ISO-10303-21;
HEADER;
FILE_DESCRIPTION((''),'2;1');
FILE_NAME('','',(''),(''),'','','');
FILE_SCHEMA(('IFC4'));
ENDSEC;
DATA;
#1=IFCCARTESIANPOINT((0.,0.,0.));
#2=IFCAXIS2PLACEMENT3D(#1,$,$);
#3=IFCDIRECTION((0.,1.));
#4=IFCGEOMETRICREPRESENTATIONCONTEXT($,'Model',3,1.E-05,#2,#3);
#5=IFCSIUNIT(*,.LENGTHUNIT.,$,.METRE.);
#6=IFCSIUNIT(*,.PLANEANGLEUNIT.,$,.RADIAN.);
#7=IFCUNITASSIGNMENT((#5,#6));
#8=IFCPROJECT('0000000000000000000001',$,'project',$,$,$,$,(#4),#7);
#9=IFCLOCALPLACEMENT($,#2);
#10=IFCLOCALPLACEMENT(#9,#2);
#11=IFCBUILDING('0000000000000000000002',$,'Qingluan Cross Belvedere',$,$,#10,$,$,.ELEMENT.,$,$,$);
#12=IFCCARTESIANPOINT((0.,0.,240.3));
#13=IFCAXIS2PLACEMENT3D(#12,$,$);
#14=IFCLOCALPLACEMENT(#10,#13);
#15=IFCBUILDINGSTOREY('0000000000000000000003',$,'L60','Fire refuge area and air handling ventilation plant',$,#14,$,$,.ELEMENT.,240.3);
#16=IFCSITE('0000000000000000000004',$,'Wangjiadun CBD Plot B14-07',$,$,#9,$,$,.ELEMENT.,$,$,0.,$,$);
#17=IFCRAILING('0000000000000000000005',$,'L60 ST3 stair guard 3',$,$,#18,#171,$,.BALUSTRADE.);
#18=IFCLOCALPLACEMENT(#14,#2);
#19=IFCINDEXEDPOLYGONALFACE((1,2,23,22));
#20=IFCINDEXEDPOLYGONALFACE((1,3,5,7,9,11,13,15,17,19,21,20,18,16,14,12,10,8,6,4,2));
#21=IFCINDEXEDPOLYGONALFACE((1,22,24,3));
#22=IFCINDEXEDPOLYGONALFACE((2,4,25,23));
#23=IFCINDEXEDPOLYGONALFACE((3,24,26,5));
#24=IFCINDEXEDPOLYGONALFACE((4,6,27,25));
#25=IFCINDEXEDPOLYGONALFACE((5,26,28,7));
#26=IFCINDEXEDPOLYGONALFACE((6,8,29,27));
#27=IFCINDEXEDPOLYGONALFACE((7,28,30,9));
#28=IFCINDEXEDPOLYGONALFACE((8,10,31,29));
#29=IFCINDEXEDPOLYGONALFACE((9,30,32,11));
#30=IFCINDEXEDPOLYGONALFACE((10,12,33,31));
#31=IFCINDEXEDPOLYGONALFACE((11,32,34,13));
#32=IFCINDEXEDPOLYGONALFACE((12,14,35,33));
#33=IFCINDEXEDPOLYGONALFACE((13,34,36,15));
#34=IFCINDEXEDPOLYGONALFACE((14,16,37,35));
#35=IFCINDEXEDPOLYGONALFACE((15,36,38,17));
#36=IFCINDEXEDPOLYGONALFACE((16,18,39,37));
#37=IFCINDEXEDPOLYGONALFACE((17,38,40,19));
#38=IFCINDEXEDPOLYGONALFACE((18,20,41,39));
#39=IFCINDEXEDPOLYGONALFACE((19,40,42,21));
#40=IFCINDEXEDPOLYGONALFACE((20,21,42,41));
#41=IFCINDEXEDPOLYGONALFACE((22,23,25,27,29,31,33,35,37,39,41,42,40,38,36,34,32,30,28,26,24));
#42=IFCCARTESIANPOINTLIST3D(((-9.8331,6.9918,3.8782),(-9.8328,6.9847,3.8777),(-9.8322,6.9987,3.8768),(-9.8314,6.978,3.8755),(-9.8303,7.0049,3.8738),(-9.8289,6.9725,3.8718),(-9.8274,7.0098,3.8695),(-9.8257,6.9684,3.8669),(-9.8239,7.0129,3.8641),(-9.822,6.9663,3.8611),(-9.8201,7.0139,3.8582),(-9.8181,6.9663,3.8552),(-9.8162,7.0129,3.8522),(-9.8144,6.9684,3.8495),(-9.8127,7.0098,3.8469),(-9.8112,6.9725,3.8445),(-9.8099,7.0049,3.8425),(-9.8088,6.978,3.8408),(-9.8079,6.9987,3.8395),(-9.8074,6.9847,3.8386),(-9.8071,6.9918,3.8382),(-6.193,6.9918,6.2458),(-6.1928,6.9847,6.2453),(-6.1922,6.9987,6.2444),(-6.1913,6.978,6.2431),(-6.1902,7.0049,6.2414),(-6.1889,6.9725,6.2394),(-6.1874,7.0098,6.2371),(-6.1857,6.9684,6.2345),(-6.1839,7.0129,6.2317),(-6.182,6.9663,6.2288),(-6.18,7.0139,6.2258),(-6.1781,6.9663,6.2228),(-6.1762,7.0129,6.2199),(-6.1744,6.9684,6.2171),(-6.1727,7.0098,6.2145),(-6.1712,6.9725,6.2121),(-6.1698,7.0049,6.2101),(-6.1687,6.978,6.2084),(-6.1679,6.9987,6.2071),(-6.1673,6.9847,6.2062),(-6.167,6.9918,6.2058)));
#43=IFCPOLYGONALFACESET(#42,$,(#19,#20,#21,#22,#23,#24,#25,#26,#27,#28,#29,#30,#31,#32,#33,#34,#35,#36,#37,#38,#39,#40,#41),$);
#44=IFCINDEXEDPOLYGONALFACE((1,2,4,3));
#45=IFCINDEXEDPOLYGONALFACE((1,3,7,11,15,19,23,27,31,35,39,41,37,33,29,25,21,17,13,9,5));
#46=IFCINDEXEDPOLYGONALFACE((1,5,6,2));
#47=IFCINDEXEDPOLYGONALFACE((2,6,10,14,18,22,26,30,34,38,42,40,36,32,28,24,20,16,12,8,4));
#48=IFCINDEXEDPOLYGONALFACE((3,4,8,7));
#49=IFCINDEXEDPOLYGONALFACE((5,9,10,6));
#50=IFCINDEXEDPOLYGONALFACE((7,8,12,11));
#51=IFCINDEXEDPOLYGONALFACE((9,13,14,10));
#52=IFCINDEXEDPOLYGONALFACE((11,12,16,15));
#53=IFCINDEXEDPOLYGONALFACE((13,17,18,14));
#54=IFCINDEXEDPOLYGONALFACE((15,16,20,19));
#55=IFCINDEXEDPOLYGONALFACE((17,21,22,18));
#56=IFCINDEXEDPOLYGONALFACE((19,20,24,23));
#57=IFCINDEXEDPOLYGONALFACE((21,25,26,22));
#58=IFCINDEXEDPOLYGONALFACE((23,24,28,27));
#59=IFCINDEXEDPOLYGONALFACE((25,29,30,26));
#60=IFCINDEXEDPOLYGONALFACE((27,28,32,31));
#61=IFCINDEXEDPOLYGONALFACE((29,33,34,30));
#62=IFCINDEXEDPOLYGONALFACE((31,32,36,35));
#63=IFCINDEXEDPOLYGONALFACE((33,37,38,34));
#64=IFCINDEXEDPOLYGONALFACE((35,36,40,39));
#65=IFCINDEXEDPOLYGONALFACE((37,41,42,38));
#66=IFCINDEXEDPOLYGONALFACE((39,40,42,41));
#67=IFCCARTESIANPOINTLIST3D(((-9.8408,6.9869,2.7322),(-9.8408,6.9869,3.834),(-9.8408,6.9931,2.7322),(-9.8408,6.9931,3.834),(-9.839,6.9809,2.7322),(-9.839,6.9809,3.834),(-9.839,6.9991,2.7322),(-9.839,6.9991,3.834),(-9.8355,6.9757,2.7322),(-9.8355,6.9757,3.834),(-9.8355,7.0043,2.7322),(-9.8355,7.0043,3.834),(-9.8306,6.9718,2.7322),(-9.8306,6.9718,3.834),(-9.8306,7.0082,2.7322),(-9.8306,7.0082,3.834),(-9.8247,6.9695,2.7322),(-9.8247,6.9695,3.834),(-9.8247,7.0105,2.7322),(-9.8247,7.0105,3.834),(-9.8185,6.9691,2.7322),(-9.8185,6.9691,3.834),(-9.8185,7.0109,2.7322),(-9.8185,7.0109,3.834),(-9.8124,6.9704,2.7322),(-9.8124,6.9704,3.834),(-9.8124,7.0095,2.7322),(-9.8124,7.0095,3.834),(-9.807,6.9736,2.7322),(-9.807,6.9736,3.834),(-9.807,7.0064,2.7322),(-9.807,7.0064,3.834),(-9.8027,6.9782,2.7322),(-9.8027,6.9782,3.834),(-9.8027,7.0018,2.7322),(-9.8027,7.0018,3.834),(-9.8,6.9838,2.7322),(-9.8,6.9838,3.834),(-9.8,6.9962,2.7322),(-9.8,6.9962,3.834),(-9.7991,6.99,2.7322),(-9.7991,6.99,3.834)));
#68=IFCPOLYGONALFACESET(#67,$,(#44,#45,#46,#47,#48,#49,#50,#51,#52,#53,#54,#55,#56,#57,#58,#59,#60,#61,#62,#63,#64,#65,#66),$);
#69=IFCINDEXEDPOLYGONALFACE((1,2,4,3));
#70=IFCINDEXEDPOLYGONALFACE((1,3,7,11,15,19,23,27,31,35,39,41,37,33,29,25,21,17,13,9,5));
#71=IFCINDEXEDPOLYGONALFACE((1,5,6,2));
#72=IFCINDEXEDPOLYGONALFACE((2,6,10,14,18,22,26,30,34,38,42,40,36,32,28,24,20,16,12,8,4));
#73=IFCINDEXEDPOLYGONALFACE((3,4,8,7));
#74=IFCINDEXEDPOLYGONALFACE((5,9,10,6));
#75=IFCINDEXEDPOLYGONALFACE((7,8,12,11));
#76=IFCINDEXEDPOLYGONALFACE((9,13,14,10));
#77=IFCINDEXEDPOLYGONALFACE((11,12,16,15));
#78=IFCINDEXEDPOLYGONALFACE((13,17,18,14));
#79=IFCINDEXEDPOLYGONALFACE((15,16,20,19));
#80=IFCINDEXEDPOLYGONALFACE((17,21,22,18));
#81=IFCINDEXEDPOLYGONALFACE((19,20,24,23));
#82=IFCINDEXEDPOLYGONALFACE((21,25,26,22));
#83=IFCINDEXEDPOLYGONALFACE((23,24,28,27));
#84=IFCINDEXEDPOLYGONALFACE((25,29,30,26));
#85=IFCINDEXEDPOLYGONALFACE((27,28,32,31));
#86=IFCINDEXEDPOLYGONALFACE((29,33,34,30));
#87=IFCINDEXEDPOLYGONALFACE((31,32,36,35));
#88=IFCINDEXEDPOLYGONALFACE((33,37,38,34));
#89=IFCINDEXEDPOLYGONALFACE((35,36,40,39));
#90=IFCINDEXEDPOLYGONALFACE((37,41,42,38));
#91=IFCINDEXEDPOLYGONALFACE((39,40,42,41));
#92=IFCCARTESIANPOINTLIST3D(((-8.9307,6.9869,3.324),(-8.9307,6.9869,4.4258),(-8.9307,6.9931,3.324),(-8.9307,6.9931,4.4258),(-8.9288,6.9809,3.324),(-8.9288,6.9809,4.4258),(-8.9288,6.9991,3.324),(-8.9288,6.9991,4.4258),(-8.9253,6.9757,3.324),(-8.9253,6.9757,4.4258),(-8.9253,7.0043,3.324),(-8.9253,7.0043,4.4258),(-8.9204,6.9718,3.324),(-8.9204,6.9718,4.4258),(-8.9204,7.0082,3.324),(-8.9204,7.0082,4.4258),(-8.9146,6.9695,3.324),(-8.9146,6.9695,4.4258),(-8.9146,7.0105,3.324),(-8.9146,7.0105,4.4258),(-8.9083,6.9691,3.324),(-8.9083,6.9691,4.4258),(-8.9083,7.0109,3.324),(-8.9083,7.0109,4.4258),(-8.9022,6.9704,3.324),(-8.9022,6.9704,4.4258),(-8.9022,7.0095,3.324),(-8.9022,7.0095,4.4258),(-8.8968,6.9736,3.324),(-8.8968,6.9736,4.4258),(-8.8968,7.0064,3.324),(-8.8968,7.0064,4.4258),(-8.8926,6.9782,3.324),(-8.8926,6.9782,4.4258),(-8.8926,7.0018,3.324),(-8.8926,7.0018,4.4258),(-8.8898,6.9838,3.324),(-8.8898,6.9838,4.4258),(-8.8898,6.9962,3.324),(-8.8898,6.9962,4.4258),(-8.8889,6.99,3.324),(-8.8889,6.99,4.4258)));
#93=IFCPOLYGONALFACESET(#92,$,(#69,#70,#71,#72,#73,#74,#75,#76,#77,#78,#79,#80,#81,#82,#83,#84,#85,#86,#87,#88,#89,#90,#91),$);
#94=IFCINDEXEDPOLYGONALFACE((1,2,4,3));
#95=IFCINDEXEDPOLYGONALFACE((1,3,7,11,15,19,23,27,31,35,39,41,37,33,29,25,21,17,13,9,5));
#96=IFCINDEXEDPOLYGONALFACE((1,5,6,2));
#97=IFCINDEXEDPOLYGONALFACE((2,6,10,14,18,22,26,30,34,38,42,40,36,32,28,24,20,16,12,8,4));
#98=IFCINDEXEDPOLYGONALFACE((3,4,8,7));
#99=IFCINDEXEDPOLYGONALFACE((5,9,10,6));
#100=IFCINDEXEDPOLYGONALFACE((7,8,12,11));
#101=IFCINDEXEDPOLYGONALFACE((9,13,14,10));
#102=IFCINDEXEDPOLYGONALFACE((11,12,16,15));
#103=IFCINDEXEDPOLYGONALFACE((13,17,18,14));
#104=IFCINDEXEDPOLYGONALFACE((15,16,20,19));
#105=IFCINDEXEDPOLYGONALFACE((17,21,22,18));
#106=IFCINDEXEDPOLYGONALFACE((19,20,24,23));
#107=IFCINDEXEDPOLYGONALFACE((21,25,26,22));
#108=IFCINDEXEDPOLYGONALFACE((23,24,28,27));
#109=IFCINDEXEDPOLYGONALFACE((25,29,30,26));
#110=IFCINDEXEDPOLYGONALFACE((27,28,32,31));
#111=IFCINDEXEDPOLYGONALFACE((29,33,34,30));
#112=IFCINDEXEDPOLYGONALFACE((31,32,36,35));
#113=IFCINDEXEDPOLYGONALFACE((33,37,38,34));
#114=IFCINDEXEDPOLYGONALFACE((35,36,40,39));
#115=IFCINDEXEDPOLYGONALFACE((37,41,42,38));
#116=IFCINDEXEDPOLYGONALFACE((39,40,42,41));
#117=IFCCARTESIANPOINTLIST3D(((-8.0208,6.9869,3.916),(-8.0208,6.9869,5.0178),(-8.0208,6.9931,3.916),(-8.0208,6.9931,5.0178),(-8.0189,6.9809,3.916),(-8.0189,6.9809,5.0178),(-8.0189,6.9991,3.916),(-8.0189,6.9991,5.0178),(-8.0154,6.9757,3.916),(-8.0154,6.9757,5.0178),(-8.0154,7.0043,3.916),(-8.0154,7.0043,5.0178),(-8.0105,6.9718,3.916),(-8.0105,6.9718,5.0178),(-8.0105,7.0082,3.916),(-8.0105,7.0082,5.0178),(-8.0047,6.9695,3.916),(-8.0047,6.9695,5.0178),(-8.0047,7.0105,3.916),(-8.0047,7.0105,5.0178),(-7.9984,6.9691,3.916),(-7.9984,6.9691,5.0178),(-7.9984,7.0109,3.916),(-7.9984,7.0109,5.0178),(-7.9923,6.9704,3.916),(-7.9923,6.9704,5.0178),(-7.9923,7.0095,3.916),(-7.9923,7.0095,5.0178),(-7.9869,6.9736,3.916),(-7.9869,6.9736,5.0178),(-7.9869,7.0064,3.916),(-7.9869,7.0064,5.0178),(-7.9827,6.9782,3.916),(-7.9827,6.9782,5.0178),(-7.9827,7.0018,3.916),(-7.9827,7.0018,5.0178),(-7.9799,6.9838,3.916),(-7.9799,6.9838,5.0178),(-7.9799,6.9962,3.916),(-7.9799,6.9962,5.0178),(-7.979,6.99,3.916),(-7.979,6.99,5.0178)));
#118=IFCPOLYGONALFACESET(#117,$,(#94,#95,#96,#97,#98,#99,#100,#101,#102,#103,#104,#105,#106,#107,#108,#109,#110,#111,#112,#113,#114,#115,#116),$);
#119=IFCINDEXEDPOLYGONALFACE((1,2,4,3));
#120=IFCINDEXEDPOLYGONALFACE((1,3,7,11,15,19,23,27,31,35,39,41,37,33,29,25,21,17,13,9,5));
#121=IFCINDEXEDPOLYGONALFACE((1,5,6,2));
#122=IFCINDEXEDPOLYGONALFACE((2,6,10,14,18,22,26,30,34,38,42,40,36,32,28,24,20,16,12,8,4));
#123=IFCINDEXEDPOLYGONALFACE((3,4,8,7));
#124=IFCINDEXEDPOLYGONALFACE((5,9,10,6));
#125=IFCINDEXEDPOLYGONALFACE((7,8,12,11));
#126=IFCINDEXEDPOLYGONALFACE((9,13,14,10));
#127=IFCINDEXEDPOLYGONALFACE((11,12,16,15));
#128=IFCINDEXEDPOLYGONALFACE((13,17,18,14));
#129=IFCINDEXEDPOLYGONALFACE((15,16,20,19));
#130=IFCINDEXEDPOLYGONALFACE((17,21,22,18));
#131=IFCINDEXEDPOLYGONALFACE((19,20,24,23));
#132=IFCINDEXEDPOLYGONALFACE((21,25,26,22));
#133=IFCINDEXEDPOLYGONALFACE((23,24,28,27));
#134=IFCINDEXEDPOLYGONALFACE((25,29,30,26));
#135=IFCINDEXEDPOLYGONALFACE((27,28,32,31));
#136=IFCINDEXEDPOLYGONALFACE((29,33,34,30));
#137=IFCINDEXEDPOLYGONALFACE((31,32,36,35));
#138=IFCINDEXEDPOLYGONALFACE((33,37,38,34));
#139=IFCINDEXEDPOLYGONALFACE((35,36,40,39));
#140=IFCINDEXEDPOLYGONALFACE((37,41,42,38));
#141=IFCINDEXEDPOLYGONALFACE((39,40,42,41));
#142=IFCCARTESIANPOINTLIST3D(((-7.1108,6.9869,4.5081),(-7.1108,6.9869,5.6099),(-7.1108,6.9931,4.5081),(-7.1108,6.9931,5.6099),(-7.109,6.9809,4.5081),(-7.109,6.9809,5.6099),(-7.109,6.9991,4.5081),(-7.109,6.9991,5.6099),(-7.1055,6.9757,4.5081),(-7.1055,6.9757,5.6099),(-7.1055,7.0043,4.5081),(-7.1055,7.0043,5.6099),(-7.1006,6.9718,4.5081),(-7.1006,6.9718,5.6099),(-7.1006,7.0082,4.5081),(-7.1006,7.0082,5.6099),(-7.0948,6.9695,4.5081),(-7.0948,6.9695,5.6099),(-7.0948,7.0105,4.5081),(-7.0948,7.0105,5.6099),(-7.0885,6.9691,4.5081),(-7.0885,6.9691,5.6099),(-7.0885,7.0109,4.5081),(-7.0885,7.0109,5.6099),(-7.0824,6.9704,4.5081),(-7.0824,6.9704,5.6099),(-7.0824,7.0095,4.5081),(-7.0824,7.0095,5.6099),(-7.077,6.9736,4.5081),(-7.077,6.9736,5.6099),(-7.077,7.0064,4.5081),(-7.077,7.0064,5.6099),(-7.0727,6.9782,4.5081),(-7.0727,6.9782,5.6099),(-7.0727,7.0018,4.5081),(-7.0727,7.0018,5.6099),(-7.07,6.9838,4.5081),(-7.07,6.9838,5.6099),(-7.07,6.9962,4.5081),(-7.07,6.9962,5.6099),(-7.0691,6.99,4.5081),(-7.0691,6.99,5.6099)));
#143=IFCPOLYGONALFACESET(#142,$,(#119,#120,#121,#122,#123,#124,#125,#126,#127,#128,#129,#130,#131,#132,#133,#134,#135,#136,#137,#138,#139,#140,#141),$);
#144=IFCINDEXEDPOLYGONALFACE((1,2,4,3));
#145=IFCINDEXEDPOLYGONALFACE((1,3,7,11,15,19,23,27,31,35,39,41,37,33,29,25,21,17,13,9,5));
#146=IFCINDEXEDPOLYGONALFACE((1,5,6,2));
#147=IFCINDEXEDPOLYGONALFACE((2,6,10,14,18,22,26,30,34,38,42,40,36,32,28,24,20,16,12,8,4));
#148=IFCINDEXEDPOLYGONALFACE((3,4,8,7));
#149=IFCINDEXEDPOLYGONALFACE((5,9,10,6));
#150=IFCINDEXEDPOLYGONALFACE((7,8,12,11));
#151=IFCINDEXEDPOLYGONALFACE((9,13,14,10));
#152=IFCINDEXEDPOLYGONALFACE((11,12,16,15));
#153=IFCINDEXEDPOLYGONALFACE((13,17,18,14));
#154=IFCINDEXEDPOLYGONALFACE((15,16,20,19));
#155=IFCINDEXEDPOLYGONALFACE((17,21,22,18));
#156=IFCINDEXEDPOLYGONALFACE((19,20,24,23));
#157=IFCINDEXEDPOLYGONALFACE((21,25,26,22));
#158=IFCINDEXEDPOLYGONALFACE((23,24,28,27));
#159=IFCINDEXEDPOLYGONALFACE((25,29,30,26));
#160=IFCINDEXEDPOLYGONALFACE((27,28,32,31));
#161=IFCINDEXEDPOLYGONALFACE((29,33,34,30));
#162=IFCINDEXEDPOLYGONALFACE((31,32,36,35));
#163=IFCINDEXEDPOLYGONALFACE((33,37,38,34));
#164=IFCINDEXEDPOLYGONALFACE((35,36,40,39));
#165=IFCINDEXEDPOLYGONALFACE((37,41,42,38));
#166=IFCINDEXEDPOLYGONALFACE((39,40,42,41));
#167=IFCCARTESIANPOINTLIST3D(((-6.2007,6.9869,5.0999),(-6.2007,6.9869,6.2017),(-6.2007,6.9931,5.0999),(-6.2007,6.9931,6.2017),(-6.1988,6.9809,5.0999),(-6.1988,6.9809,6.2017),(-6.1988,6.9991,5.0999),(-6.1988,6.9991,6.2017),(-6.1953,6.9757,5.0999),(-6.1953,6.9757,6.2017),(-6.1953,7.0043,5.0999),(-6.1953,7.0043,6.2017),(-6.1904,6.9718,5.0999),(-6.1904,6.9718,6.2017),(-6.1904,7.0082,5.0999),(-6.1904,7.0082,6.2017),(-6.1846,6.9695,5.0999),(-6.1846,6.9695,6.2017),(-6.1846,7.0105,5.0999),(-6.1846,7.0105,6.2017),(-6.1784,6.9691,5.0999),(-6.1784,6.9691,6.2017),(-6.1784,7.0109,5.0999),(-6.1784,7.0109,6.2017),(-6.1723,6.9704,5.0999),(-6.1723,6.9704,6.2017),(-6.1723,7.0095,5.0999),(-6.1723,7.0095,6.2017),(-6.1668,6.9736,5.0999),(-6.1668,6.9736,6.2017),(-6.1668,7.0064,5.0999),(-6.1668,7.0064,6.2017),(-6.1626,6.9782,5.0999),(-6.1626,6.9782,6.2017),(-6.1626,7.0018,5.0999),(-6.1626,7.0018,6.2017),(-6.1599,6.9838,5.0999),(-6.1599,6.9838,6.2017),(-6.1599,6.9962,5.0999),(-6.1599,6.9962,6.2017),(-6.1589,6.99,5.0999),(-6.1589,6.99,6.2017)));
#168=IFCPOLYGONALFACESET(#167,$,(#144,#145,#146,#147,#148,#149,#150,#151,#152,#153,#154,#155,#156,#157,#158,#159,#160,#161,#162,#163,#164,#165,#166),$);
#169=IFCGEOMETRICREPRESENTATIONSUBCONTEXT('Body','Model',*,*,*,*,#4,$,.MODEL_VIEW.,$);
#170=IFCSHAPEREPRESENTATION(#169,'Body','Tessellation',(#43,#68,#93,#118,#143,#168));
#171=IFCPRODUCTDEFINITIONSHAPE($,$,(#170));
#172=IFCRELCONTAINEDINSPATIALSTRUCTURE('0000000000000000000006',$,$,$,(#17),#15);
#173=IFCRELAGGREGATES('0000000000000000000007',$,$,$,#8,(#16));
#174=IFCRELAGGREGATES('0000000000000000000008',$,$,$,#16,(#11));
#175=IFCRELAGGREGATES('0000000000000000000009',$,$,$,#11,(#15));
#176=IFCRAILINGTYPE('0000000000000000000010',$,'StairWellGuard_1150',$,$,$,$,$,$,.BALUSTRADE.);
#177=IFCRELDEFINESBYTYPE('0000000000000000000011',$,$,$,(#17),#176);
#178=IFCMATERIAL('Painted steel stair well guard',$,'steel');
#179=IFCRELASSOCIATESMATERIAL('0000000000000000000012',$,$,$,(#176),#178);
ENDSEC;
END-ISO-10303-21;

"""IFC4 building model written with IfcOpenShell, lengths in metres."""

from ifc_helpers import new_model, si_unit, direction, frame, origin, origin_2d, place, context, subcontext, project, spatial, circle, extrude, material, type_object, element, save


model = new_model("IFC4")

# Units and contexts
model_context = context("Model", 3, precision=1e-05, world=origin(), true_north=direction((0.0, 1.0)))
body_context = subcontext(model_context, "Body", "Model", "MODEL_VIEW")
ifc_project = project(units=[si_unit("LENGTHUNIT", "METRE"), si_unit("PLANEANGLEUNIT", "RADIAN")], contexts=[model_context])

# Site, building, storey
site_placement = place(None, origin())
site = spatial("IfcSite", under=ifc_project, at=site_placement, Name="Wangjiadun CBD Plot B14-07", CompositionType="ELEMENT", RefElevation=0.0)
building_placement = place(site_placement, origin())
building = spatial("IfcBuilding", under=site, at=building_placement, Name="Qingluan Cross Belvedere", CompositionType="ELEMENT")
storey_placement = place(building_placement, frame((0.0, 0.0, 240.3)))
storey = spatial("IfcBuildingStorey", under=building, at=storey_placement, Name="L60", Description="Fire refuge area and air handling ventilation plant", CompositionType="ELEMENT", Elevation=240.3)

# Railing
ifc_material_1 = material(Name="Painted steel stair well guard", Category="steel")
railing_type_1 = type_object("IfcRailingType", Name="StairWellGuard_1150", PredefinedType="BALUSTRADE", material=ifc_material_1)
railing_1_placement = place(storey_placement, frame((-9.8201, 6.99, 2.7322)))
element("IfcRailing", 1, at=railing_1_placement, inside=storey, type_object=railing_type_1, Name="L60 ST3 stair guard 3", PredefinedType="BALUSTRADE", context=body_context, shape_type="SweptSolid", body=[
    extrude(circle(Radius=0.0239, at=origin_2d()), frame((0.0, 0.0, 1.126), z_axis=(0.838277, 0.0, 0.545245), x_axis=(0.0, 1.0, 0.0)), (0.0, 0.0, 1.0), 4.3423),
    extrude(circle(Radius=0.021, at=origin_2d()), origin(), (0.0, 0.0, 1.0), 1.1018),
    extrude(circle(Radius=0.021, at=origin_2d()), frame((0.9102, 0.0, 0.5918)), (0.0, 0.0, 1.0), 1.1018),
    extrude(circle(Radius=0.021, at=origin_2d()), frame((1.8201, 0.0, 1.1838)), (0.0, 0.0, 1.0), 1.1018),
    extrude(circle(Radius=0.021, at=origin_2d()), frame((2.73, 0.0, 1.7759)), (0.0, 0.0, 1.0), 1.1018),
    extrude(circle(Radius=0.021, at=origin_2d()), frame((3.6401, 0.0, 2.3677)), (0.0, 0.0, 1.0), 1.1018),
])

save(model, "model.ifc")
